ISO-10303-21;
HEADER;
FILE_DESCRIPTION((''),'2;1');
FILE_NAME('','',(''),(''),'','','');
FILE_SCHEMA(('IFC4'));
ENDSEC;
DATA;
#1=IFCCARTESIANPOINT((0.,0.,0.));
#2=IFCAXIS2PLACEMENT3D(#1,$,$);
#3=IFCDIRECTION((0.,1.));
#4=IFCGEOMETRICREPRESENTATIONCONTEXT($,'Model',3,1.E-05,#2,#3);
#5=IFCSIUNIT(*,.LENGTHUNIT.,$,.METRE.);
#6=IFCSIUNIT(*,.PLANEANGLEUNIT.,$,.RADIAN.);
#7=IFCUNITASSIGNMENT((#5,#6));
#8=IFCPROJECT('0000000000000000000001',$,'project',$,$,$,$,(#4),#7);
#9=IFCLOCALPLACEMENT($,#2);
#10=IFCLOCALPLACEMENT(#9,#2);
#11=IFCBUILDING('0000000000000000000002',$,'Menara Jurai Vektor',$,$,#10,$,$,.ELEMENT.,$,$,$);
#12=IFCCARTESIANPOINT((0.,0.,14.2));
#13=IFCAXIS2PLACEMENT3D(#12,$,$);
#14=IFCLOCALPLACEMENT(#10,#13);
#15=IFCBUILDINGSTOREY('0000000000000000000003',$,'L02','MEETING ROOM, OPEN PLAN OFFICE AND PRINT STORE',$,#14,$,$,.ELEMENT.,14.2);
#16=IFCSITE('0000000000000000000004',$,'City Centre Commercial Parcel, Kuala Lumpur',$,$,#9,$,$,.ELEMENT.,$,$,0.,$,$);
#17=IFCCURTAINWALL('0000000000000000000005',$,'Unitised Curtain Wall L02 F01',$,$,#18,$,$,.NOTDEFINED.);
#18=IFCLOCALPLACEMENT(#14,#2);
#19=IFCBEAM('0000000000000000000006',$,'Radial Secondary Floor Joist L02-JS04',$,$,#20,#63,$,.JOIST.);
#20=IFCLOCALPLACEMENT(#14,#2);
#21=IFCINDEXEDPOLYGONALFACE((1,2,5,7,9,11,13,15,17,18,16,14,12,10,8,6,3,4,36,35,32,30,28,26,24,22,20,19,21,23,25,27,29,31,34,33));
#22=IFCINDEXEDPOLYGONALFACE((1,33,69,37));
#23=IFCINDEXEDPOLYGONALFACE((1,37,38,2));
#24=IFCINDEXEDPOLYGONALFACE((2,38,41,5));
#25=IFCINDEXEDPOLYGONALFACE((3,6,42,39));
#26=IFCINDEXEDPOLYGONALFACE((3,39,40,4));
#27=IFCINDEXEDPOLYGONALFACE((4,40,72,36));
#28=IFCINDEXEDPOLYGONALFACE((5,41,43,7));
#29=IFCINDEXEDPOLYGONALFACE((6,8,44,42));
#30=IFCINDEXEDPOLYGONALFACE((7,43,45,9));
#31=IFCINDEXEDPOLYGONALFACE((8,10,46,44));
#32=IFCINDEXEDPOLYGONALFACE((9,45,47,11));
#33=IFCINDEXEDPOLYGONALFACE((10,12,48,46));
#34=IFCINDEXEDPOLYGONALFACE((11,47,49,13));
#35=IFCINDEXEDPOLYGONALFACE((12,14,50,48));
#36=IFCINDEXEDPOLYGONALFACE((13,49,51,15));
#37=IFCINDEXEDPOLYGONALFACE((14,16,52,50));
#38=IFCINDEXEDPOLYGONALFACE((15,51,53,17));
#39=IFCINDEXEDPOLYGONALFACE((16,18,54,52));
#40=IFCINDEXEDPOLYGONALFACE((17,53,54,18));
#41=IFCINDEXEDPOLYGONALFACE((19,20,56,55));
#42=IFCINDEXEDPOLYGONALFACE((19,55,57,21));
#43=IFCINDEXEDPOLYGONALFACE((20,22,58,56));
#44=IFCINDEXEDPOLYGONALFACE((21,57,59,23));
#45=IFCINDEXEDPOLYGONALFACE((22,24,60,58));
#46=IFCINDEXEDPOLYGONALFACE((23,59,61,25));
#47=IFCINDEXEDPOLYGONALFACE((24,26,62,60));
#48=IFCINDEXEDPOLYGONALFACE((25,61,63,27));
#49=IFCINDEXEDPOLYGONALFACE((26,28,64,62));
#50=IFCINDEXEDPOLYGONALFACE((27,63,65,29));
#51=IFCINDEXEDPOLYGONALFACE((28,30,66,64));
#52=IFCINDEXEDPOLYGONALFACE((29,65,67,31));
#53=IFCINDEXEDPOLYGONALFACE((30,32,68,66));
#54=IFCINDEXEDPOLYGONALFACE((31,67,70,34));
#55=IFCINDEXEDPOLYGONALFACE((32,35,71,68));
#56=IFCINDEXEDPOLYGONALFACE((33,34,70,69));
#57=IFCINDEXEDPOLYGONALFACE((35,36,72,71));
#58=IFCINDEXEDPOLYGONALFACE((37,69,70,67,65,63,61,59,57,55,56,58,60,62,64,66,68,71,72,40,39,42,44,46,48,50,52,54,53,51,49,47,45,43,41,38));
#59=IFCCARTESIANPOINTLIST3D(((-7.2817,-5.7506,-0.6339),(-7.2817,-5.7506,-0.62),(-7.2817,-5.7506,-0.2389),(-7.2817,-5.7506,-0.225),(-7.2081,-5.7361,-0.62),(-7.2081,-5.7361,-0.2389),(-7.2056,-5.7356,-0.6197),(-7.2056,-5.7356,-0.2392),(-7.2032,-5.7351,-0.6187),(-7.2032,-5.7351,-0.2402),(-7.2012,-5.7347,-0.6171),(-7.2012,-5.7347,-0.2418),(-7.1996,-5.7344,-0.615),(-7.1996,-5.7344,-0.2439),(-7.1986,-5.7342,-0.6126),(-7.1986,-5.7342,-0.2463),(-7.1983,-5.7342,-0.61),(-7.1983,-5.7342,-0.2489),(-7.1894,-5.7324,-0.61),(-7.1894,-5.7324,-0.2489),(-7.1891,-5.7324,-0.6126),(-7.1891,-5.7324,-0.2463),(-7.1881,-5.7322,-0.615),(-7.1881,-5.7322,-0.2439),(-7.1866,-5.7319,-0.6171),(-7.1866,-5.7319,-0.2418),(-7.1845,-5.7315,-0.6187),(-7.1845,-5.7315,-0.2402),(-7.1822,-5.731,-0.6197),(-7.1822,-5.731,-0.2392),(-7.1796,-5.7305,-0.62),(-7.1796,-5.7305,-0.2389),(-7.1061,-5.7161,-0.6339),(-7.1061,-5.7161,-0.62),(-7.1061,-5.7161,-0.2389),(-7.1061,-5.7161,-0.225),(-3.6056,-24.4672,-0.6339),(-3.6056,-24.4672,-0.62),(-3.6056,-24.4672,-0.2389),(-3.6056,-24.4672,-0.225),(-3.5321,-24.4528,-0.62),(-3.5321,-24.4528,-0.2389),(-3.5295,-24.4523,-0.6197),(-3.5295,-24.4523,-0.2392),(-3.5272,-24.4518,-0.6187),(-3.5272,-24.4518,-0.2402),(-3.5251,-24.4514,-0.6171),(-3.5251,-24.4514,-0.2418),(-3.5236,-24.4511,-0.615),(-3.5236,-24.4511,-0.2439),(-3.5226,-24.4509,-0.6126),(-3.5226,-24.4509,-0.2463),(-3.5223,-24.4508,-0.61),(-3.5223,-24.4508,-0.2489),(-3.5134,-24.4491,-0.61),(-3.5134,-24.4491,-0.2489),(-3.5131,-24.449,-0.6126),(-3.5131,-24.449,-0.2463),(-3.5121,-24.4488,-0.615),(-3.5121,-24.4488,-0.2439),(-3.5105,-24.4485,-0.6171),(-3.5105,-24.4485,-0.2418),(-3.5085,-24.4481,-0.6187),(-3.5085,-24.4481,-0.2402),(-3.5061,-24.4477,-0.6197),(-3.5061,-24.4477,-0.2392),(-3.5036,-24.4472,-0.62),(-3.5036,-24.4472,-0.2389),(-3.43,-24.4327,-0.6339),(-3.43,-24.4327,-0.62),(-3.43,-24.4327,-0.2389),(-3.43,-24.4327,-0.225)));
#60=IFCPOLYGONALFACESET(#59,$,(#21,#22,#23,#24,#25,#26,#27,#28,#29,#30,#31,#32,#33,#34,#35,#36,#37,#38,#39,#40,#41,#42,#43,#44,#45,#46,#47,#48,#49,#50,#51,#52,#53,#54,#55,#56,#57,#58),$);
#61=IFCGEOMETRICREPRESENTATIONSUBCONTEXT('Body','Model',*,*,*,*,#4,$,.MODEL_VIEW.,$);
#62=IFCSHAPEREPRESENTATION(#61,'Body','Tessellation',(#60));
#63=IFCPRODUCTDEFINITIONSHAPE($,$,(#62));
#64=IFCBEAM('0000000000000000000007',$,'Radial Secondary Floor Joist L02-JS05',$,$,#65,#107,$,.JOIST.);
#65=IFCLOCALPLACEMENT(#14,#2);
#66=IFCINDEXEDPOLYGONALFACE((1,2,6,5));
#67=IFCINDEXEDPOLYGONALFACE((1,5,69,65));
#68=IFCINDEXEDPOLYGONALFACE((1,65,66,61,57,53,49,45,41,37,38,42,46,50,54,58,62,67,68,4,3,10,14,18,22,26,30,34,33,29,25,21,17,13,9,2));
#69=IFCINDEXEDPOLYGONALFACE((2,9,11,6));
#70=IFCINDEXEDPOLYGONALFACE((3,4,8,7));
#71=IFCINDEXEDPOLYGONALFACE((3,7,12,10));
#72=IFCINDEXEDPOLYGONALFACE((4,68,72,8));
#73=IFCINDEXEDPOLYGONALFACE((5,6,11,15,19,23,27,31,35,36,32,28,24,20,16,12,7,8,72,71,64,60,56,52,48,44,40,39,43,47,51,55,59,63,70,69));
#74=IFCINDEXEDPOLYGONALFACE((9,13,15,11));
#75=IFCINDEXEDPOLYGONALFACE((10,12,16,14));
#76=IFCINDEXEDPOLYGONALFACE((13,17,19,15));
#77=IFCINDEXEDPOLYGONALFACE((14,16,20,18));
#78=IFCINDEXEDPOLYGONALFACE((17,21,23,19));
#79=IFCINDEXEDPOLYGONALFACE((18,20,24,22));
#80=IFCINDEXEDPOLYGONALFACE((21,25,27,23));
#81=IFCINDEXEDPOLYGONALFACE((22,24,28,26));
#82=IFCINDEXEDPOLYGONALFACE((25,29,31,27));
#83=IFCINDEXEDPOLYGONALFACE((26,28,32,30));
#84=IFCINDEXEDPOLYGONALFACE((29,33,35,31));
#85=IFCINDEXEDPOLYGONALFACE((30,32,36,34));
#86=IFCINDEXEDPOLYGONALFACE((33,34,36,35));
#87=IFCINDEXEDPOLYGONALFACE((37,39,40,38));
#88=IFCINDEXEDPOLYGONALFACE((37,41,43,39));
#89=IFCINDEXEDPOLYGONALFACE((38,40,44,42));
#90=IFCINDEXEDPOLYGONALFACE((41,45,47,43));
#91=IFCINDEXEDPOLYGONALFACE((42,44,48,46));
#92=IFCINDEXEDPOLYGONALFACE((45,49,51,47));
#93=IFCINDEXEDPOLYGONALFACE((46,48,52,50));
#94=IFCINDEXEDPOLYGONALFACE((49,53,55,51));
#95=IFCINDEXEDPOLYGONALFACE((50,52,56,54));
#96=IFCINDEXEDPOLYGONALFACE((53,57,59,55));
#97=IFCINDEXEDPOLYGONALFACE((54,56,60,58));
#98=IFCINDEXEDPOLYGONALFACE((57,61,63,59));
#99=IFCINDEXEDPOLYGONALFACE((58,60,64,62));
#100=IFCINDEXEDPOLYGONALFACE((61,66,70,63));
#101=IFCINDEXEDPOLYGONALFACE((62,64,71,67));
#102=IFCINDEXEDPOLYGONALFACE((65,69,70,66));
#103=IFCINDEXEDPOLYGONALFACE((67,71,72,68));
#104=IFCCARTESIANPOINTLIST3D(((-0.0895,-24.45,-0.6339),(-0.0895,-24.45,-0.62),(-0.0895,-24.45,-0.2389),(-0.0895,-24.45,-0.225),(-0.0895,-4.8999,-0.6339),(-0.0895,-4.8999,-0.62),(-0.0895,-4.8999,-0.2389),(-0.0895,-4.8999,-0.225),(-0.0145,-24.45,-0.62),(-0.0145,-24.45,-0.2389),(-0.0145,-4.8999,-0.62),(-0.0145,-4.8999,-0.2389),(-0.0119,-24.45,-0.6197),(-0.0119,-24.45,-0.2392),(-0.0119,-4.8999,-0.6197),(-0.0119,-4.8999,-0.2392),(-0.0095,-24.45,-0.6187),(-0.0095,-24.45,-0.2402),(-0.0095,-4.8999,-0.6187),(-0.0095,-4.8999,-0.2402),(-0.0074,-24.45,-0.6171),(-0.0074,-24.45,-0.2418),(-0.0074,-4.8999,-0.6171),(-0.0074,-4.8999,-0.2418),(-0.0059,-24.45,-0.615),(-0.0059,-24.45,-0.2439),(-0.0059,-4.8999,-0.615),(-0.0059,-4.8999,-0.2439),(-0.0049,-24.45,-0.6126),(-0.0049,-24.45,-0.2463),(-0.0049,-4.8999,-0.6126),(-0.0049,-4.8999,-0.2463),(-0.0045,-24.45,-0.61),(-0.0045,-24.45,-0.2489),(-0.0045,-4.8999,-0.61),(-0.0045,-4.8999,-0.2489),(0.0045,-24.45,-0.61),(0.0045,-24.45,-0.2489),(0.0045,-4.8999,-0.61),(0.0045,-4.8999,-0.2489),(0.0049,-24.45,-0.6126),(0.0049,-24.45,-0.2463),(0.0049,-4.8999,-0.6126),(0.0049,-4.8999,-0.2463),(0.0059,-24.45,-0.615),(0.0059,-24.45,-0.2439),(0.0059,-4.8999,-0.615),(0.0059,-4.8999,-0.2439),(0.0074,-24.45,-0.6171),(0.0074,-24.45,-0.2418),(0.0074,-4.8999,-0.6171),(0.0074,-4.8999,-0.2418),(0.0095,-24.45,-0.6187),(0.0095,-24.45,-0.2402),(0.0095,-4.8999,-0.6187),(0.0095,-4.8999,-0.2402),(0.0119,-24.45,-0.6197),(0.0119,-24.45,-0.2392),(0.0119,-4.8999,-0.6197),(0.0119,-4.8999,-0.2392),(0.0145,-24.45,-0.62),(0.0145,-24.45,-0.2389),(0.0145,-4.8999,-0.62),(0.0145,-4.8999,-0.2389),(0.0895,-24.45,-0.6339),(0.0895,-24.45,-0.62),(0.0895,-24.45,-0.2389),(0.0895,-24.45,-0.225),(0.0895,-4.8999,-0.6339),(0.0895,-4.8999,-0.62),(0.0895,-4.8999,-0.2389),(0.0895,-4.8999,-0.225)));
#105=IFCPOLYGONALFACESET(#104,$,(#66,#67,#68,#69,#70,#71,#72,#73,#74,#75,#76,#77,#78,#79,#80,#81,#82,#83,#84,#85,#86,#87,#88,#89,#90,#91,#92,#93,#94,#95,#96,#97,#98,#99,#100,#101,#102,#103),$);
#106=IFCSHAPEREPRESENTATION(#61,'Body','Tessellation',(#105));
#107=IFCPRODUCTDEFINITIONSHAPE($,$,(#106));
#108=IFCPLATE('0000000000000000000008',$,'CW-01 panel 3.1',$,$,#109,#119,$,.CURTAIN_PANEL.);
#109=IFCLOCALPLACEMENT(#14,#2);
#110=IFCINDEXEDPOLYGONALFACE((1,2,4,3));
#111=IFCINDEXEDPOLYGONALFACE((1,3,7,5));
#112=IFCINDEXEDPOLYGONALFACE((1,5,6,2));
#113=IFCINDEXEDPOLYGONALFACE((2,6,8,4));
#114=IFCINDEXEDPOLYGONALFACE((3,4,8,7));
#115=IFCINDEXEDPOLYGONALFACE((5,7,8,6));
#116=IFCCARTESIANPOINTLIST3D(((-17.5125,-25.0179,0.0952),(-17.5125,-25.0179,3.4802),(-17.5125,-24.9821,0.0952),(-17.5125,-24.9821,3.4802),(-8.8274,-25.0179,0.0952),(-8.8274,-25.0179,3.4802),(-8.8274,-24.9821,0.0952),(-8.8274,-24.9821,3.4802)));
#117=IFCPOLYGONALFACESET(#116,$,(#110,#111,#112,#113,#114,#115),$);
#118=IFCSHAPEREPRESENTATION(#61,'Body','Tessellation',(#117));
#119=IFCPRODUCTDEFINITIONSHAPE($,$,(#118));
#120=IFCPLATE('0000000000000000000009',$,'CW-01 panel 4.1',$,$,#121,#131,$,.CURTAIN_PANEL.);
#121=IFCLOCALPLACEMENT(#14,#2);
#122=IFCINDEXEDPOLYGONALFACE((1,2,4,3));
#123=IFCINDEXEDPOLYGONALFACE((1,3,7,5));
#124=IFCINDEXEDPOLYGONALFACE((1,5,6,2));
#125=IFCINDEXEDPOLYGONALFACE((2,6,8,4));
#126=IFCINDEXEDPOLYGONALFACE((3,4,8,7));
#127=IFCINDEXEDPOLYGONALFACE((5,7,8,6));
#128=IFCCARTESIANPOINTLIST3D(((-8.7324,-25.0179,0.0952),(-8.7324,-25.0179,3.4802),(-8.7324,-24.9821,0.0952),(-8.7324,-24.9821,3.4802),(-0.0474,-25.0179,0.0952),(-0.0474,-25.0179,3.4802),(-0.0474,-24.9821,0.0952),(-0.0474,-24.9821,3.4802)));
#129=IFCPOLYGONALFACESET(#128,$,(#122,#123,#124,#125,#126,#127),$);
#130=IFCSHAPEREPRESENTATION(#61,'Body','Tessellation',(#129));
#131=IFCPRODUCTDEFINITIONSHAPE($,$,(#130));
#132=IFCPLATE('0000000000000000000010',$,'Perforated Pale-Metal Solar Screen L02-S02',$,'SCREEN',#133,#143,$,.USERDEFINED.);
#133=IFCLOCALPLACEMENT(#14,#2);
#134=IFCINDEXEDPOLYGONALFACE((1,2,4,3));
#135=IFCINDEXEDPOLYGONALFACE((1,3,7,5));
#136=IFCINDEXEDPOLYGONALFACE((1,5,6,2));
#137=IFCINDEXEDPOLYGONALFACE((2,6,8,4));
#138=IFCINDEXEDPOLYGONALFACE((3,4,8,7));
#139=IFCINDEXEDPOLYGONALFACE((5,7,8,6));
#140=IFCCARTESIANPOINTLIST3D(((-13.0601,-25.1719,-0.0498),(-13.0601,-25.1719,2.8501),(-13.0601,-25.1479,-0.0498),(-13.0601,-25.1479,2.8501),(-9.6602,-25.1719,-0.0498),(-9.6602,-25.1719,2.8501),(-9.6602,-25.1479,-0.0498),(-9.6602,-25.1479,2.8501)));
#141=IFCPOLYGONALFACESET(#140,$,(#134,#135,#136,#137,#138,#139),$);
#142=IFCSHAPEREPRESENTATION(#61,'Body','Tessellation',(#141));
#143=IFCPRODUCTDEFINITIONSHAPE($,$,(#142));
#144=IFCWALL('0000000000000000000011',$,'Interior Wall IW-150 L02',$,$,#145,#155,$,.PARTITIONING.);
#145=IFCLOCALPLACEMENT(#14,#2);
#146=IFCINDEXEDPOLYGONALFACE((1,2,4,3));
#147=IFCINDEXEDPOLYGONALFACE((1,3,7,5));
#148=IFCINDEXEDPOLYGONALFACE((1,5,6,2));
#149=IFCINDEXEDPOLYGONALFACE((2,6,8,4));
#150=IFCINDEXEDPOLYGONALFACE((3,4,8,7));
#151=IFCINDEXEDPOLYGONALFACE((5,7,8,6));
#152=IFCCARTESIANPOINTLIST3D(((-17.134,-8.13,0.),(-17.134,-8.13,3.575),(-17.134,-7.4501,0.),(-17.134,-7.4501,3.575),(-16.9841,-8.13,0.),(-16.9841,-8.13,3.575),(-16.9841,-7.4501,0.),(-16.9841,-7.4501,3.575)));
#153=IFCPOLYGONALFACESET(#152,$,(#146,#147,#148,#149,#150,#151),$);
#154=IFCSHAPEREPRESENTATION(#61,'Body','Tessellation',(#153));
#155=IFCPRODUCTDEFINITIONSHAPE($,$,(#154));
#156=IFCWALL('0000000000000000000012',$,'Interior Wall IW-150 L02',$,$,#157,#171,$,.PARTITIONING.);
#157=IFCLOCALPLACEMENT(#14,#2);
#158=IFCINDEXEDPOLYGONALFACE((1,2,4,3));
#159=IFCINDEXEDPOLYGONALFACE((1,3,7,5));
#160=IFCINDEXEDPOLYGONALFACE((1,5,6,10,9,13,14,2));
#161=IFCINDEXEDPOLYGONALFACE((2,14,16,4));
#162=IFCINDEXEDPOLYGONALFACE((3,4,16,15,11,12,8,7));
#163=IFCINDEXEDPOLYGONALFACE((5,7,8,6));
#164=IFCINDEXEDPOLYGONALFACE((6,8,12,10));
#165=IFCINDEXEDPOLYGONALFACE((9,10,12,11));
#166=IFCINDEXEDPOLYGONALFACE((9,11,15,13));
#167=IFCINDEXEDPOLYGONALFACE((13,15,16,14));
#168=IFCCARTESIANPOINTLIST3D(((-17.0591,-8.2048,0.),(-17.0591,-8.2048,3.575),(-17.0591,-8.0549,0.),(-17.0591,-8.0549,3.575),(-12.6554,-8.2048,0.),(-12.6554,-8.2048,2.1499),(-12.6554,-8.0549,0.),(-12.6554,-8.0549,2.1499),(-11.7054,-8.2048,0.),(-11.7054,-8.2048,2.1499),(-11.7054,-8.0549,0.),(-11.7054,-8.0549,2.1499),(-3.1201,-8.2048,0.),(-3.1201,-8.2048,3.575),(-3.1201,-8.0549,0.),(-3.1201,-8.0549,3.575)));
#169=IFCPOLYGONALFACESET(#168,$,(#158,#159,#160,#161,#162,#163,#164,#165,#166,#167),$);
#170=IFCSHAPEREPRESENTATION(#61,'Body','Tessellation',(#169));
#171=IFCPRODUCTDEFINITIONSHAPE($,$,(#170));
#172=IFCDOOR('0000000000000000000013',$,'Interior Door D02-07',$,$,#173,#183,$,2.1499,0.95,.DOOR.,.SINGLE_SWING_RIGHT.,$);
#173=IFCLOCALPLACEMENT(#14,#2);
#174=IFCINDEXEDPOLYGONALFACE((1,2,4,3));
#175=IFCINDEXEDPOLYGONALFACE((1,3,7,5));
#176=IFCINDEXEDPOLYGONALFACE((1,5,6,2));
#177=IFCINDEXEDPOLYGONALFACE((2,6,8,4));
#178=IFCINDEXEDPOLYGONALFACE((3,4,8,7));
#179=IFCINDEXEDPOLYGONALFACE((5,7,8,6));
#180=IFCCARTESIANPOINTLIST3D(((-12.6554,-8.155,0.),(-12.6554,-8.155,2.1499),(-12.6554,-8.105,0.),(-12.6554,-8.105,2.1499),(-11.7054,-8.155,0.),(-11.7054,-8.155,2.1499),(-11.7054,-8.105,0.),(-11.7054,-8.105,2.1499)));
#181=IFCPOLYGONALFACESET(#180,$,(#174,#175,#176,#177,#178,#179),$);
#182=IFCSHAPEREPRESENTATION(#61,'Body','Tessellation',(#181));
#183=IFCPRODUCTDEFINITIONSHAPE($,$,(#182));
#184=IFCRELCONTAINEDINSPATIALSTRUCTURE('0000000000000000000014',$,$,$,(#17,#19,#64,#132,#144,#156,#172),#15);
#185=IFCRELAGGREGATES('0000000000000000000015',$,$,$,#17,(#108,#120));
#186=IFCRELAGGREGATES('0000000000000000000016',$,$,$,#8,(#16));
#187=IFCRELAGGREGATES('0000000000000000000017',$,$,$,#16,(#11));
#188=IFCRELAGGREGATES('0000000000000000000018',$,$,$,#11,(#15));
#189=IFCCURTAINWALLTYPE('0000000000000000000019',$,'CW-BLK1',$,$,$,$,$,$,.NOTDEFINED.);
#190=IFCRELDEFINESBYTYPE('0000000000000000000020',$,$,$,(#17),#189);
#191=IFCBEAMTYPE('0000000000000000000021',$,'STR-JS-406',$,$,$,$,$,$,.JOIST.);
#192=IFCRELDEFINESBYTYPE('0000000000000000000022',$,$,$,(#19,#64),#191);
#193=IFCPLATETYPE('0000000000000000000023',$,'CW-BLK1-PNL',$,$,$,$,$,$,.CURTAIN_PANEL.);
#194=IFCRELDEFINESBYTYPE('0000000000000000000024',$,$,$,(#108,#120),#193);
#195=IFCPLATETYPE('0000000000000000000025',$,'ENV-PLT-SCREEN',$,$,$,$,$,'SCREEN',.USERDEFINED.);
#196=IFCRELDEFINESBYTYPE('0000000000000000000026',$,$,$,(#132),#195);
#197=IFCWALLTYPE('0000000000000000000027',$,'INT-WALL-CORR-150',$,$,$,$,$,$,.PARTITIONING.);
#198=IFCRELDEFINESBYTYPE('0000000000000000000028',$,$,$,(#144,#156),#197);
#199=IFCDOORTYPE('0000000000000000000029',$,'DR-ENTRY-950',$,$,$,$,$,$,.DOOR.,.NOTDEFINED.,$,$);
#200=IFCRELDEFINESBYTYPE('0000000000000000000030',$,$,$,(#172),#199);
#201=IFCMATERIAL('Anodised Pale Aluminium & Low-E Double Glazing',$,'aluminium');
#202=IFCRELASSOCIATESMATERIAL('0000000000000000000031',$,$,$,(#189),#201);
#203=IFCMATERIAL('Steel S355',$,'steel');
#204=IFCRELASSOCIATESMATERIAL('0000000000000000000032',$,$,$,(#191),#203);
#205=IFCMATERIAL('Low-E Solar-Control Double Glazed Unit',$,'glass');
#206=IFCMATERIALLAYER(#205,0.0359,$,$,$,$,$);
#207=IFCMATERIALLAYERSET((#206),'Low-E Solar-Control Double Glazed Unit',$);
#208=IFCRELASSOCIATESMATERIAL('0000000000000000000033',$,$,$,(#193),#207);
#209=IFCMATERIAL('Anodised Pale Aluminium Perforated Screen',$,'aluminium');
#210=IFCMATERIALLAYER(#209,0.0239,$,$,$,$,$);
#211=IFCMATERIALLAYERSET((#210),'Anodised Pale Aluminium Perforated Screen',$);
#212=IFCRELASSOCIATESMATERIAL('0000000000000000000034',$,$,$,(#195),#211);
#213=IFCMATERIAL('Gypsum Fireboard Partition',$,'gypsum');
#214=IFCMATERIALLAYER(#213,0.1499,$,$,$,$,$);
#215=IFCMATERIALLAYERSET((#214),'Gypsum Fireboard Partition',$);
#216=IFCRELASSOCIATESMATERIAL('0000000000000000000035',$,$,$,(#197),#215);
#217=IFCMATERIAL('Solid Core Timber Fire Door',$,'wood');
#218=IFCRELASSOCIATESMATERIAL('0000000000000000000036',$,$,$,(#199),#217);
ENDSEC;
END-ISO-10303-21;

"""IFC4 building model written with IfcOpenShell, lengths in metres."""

from ifc_helpers import new_model, si_unit, direction, frame, frame_2d, origin, origin_2d, place, context, subcontext, project, spatial, rectangle, i_section, extrude, material, layer, layer_set, material_profile, profile_set, type_object, element, fill, aggregate, save


model = new_model("IFC4")

# Units and contexts
model_context = context("Model", 3, precision=1e-05, world=origin(), true_north=direction((0.0, 1.0)))
body_context = subcontext(model_context, "Body", "Model", "MODEL_VIEW")
ifc_project = project(units=[si_unit("LENGTHUNIT", "METRE"), si_unit("PLANEANGLEUNIT", "RADIAN")], contexts=[model_context])

# Site, building, storey
site_placement = place(None, origin())
site = spatial("IfcSite", under=ifc_project, at=site_placement, Name="City Centre Commercial Parcel, Kuala Lumpur", CompositionType="ELEMENT", RefElevation=0.0)
building_placement = place(site_placement, origin())
building = spatial("IfcBuilding", under=site, at=building_placement, Name="Menara Jurai Vektor", CompositionType="ELEMENT")
storey_placement = place(building_placement, frame((0.0, 0.0, 14.2)))
storey = spatial("IfcBuildingStorey", under=building, at=storey_placement, Name="L02", Description="MEETING ROOM, OPEN PLAN OFFICE AND PRINT STORE", CompositionType="ELEMENT", Elevation=14.2)

# Curtain wall
ifc_material_1 = material(Name="Anodised Pale Aluminium & Low-E Double Glazing", Category="aluminium")
curtain_wall_type = type_object("IfcCurtainWallType", Name="CW-BLK1", PredefinedType="NOTDEFINED", material=ifc_material_1)
curtain_wall_placement = place(storey_placement, origin())
curtain_wall = element("IfcCurtainWall", 1, at=curtain_wall_placement, inside=storey, type_object=curtain_wall_type, Name="Unitised Curtain Wall L02 F01", PredefinedType="NOTDEFINED")

# Beams
ifc_material_2 = material(Name="Steel S355", Category="steel")
ifc_material_profile_1 = material_profile(ifc_material_2, i_section(OverallWidth=0.179, OverallDepth=0.4089, WebThickness=0.009, FlangeThickness=0.0139, FilletRadius=0.01, at=origin_2d()), Name="UKB 406x178x67")
ifc_profile_set_1 = profile_set([ifc_material_profile_1], Name="Steel S355")
beam_type_1 = type_object("IfcBeamType", Name="STR-JS-406", PredefinedType="JOIST", material=ifc_profile_set_1)
beam_1_placement = place(storey_placement, frame((-3.5178, -24.45, -0.4294), z_axis=(-0.192723, 0.981253, 0.0), x_axis=(-0.981253, -0.192723, 0.0)))
element("IfcBeam", 2, at=beam_1_placement, inside=storey, type_object=beam_type_1, Name="Radial Secondary Floor Joist L02-JS04", PredefinedType="JOIST", context=body_context, shape_type="SweptSolid", body=[
    extrude(i_section(OverallWidth=0.179, OverallDepth=0.4089, WebThickness=0.009, FlangeThickness=0.0139, FilletRadius=0.01, at=origin_2d()), origin(), (0.0, 0.0, 1.0), 19.0742),
])
beam_2_placement = place(storey_placement, frame((0.0, -24.45, -0.4294), z_axis=(0.0, 1.0, 0.0), x_axis=(-1.0, 0.0, 0.0)))
element("IfcBeam", 3, at=beam_2_placement, inside=storey, type_object=beam_type_1, Name="Radial Secondary Floor Joist L02-JS05", PredefinedType="JOIST", context=body_context, shape_type="SweptSolid", body=[
    extrude(i_section(OverallWidth=0.179, OverallDepth=0.4089, WebThickness=0.009, FlangeThickness=0.0139, FilletRadius=0.01, at=origin_2d()), origin(), (0.0, 0.0, 1.0), 19.55),
])

# Plates
ifc_material_3 = material(Name="Low-E Solar-Control Double Glazed Unit", Category="glass")
ifc_layer_1 = layer(ifc_material_3, 0.0359)
ifc_layer_set_1 = layer_set([ifc_layer_1], Name="Low-E Solar-Control Double Glazed Unit")
plate_type_1 = type_object("IfcPlateType", Name="CW-BLK1-PNL", PredefinedType="CURTAIN_PANEL", material=ifc_layer_set_1)
plate_1_placement = place(storey_placement, frame((-13.1699, -25.0, 0.0952), z_axis=(0.0, 0.0, 1.0), x_axis=(1.0, 0.0, 0.0)))
plate_1 = element("IfcPlate", 4, at=plate_1_placement, type_object=plate_type_1, Name="CW-01 panel 3.1", PredefinedType="CURTAIN_PANEL", context=body_context, shape_type="SweptSolid", body=[
    extrude(rectangle(XDim=8.6851, YDim=0.0359, at=origin_2d()), origin(), (0.0, 0.0, 1.0), 3.385),
])
plate_2_placement = place(storey_placement, frame((-4.3899, -25.0, 0.0952), z_axis=(0.0, 0.0, 1.0), x_axis=(1.0, 0.0, 0.0)))
plate_2 = element("IfcPlate", 5, at=plate_2_placement, type_object=plate_type_1, Name="CW-01 panel 4.1", PredefinedType="CURTAIN_PANEL", context=body_context, shape_type="SweptSolid", body=[
    extrude(rectangle(XDim=8.6851, YDim=0.0359, at=origin_2d()), origin(), (0.0, 0.0, 1.0), 3.385),
])
aggregate(curtain_wall, [plate_1, plate_2])
ifc_material_4 = material(Name="Anodised Pale Aluminium Perforated Screen", Category="aluminium")
ifc_layer_2 = layer(ifc_material_4, 0.0239)
ifc_layer_set_2 = layer_set([ifc_layer_2], Name="Anodised Pale Aluminium Perforated Screen")
plate_type_2 = type_object("IfcPlateType", Name="ENV-PLT-SCREEN", ElementType="SCREEN", PredefinedType="USERDEFINED", material=ifc_layer_set_2)
plate_3_placement = place(storey_placement, frame((-11.3601, -25.1599, -0.0498), z_axis=(0.0, 0.0, 1.0), x_axis=(1.0, 0.0, 0.0)))
element("IfcPlate", 6, at=plate_3_placement, inside=storey, type_object=plate_type_2, Name="Perforated Pale-Metal Solar Screen L02-S02", ObjectType="SCREEN", PredefinedType="USERDEFINED", context=body_context, shape_type="SweptSolid", body=[
    extrude(rectangle(XDim=3.3999, YDim=0.0239, at=origin_2d()), origin(), (0.0, 0.0, 1.0), 2.8999),
])

# Wall
ifc_material_5 = material(Name="Gypsum Fireboard Partition", Category="gypsum")
ifc_layer_3 = layer(ifc_material_5, 0.1499)
ifc_layer_set_3 = layer_set([ifc_layer_3], Name="Gypsum Fireboard Partition")
wall_type_1 = type_object("IfcWallType", Name="INT-WALL-CORR-150", PredefinedType="PARTITIONING", material=ifc_layer_set_3)
wall_1_placement = place(storey_placement, frame((-17.0591, -8.1299, 0.0), z_axis=(0.0, 0.0, 1.0), x_axis=(0.0, 1.0, 0.0)))
element("IfcWall", 7, at=wall_1_placement, inside=storey, type_object=wall_type_1, Name="Interior Wall IW-150 L02", PredefinedType="PARTITIONING", context=body_context, shape_type="SweptSolid", body=[
    extrude(rectangle(XDim=0.6799, YDim=0.1499, at=frame_2d((0.3398, 0.0))), origin(), (0.0, 0.0, 1.0), 3.575),
])

# Wall, opening, door
wall_2_placement = place(storey_placement, frame((-17.0591, -8.1299, 0.0), z_axis=(0.0, 0.0, 1.0), x_axis=(1.0, 0.0, 0.0)))
wall_2 = element("IfcWall", 8, at=wall_2_placement, inside=storey, type_object=wall_type_1, Name="Interior Wall IW-150 L02", PredefinedType="PARTITIONING", context=body_context, shape_type="SweptSolid", body=[
    extrude(rectangle(XDim=13.939, YDim=0.1499, at=frame_2d((6.9695, 0.0))), origin(), (0.0, 0.0, 1.0), 3.575),
])
opening_1_placement = place(wall_2_placement, frame((4.4036, 0.0, 0.0)))
opening_1 = element("IfcOpeningElement", 9, at=opening_1_placement, cuts=wall_2, PredefinedType="OPENING", context=body_context, shape_type="SweptSolid", body=[
    extrude(rectangle(XDim=0.95, YDim=2.1499, at=frame_2d((0.4751, 1.075))), frame((0.0, 0.085, 0.0), z_axis=(0.0, -1.0, 0.0), x_axis=(1.0, 0.0, 0.0)), (0.0, 0.0, 1.0), 0.1699),
])
ifc_material_6 = material(Name="Solid Core Timber Fire Door", Category="wood")
door_type = type_object("IfcDoorType", Name="DR-ENTRY-950", OperationType="NOTDEFINED", PredefinedType="DOOR", material=ifc_material_6)
door_1_placement = place(opening_1_placement, origin())
door_1 = element("IfcDoor", 10, at=door_1_placement, inside=storey, type_object=door_type, Name="Interior Door D02-07", OperationType="SINGLE_SWING_RIGHT", OverallHeight=2.1499, OverallWidth=0.95, PredefinedType="DOOR", context=body_context, shape_type="SweptSolid", body=[
    extrude(rectangle(XDim=0.95, YDim=2.1499, at=frame_2d((0.4751, 1.075))), frame((0.0, 0.0249, 0.0), z_axis=(0.0, -1.0, 0.0), x_axis=(1.0, 0.0, 0.0)), (0.0, 0.0, 1.0), 0.05),
])
fill(opening_1, door_1)

save(model, "model.ifc")
